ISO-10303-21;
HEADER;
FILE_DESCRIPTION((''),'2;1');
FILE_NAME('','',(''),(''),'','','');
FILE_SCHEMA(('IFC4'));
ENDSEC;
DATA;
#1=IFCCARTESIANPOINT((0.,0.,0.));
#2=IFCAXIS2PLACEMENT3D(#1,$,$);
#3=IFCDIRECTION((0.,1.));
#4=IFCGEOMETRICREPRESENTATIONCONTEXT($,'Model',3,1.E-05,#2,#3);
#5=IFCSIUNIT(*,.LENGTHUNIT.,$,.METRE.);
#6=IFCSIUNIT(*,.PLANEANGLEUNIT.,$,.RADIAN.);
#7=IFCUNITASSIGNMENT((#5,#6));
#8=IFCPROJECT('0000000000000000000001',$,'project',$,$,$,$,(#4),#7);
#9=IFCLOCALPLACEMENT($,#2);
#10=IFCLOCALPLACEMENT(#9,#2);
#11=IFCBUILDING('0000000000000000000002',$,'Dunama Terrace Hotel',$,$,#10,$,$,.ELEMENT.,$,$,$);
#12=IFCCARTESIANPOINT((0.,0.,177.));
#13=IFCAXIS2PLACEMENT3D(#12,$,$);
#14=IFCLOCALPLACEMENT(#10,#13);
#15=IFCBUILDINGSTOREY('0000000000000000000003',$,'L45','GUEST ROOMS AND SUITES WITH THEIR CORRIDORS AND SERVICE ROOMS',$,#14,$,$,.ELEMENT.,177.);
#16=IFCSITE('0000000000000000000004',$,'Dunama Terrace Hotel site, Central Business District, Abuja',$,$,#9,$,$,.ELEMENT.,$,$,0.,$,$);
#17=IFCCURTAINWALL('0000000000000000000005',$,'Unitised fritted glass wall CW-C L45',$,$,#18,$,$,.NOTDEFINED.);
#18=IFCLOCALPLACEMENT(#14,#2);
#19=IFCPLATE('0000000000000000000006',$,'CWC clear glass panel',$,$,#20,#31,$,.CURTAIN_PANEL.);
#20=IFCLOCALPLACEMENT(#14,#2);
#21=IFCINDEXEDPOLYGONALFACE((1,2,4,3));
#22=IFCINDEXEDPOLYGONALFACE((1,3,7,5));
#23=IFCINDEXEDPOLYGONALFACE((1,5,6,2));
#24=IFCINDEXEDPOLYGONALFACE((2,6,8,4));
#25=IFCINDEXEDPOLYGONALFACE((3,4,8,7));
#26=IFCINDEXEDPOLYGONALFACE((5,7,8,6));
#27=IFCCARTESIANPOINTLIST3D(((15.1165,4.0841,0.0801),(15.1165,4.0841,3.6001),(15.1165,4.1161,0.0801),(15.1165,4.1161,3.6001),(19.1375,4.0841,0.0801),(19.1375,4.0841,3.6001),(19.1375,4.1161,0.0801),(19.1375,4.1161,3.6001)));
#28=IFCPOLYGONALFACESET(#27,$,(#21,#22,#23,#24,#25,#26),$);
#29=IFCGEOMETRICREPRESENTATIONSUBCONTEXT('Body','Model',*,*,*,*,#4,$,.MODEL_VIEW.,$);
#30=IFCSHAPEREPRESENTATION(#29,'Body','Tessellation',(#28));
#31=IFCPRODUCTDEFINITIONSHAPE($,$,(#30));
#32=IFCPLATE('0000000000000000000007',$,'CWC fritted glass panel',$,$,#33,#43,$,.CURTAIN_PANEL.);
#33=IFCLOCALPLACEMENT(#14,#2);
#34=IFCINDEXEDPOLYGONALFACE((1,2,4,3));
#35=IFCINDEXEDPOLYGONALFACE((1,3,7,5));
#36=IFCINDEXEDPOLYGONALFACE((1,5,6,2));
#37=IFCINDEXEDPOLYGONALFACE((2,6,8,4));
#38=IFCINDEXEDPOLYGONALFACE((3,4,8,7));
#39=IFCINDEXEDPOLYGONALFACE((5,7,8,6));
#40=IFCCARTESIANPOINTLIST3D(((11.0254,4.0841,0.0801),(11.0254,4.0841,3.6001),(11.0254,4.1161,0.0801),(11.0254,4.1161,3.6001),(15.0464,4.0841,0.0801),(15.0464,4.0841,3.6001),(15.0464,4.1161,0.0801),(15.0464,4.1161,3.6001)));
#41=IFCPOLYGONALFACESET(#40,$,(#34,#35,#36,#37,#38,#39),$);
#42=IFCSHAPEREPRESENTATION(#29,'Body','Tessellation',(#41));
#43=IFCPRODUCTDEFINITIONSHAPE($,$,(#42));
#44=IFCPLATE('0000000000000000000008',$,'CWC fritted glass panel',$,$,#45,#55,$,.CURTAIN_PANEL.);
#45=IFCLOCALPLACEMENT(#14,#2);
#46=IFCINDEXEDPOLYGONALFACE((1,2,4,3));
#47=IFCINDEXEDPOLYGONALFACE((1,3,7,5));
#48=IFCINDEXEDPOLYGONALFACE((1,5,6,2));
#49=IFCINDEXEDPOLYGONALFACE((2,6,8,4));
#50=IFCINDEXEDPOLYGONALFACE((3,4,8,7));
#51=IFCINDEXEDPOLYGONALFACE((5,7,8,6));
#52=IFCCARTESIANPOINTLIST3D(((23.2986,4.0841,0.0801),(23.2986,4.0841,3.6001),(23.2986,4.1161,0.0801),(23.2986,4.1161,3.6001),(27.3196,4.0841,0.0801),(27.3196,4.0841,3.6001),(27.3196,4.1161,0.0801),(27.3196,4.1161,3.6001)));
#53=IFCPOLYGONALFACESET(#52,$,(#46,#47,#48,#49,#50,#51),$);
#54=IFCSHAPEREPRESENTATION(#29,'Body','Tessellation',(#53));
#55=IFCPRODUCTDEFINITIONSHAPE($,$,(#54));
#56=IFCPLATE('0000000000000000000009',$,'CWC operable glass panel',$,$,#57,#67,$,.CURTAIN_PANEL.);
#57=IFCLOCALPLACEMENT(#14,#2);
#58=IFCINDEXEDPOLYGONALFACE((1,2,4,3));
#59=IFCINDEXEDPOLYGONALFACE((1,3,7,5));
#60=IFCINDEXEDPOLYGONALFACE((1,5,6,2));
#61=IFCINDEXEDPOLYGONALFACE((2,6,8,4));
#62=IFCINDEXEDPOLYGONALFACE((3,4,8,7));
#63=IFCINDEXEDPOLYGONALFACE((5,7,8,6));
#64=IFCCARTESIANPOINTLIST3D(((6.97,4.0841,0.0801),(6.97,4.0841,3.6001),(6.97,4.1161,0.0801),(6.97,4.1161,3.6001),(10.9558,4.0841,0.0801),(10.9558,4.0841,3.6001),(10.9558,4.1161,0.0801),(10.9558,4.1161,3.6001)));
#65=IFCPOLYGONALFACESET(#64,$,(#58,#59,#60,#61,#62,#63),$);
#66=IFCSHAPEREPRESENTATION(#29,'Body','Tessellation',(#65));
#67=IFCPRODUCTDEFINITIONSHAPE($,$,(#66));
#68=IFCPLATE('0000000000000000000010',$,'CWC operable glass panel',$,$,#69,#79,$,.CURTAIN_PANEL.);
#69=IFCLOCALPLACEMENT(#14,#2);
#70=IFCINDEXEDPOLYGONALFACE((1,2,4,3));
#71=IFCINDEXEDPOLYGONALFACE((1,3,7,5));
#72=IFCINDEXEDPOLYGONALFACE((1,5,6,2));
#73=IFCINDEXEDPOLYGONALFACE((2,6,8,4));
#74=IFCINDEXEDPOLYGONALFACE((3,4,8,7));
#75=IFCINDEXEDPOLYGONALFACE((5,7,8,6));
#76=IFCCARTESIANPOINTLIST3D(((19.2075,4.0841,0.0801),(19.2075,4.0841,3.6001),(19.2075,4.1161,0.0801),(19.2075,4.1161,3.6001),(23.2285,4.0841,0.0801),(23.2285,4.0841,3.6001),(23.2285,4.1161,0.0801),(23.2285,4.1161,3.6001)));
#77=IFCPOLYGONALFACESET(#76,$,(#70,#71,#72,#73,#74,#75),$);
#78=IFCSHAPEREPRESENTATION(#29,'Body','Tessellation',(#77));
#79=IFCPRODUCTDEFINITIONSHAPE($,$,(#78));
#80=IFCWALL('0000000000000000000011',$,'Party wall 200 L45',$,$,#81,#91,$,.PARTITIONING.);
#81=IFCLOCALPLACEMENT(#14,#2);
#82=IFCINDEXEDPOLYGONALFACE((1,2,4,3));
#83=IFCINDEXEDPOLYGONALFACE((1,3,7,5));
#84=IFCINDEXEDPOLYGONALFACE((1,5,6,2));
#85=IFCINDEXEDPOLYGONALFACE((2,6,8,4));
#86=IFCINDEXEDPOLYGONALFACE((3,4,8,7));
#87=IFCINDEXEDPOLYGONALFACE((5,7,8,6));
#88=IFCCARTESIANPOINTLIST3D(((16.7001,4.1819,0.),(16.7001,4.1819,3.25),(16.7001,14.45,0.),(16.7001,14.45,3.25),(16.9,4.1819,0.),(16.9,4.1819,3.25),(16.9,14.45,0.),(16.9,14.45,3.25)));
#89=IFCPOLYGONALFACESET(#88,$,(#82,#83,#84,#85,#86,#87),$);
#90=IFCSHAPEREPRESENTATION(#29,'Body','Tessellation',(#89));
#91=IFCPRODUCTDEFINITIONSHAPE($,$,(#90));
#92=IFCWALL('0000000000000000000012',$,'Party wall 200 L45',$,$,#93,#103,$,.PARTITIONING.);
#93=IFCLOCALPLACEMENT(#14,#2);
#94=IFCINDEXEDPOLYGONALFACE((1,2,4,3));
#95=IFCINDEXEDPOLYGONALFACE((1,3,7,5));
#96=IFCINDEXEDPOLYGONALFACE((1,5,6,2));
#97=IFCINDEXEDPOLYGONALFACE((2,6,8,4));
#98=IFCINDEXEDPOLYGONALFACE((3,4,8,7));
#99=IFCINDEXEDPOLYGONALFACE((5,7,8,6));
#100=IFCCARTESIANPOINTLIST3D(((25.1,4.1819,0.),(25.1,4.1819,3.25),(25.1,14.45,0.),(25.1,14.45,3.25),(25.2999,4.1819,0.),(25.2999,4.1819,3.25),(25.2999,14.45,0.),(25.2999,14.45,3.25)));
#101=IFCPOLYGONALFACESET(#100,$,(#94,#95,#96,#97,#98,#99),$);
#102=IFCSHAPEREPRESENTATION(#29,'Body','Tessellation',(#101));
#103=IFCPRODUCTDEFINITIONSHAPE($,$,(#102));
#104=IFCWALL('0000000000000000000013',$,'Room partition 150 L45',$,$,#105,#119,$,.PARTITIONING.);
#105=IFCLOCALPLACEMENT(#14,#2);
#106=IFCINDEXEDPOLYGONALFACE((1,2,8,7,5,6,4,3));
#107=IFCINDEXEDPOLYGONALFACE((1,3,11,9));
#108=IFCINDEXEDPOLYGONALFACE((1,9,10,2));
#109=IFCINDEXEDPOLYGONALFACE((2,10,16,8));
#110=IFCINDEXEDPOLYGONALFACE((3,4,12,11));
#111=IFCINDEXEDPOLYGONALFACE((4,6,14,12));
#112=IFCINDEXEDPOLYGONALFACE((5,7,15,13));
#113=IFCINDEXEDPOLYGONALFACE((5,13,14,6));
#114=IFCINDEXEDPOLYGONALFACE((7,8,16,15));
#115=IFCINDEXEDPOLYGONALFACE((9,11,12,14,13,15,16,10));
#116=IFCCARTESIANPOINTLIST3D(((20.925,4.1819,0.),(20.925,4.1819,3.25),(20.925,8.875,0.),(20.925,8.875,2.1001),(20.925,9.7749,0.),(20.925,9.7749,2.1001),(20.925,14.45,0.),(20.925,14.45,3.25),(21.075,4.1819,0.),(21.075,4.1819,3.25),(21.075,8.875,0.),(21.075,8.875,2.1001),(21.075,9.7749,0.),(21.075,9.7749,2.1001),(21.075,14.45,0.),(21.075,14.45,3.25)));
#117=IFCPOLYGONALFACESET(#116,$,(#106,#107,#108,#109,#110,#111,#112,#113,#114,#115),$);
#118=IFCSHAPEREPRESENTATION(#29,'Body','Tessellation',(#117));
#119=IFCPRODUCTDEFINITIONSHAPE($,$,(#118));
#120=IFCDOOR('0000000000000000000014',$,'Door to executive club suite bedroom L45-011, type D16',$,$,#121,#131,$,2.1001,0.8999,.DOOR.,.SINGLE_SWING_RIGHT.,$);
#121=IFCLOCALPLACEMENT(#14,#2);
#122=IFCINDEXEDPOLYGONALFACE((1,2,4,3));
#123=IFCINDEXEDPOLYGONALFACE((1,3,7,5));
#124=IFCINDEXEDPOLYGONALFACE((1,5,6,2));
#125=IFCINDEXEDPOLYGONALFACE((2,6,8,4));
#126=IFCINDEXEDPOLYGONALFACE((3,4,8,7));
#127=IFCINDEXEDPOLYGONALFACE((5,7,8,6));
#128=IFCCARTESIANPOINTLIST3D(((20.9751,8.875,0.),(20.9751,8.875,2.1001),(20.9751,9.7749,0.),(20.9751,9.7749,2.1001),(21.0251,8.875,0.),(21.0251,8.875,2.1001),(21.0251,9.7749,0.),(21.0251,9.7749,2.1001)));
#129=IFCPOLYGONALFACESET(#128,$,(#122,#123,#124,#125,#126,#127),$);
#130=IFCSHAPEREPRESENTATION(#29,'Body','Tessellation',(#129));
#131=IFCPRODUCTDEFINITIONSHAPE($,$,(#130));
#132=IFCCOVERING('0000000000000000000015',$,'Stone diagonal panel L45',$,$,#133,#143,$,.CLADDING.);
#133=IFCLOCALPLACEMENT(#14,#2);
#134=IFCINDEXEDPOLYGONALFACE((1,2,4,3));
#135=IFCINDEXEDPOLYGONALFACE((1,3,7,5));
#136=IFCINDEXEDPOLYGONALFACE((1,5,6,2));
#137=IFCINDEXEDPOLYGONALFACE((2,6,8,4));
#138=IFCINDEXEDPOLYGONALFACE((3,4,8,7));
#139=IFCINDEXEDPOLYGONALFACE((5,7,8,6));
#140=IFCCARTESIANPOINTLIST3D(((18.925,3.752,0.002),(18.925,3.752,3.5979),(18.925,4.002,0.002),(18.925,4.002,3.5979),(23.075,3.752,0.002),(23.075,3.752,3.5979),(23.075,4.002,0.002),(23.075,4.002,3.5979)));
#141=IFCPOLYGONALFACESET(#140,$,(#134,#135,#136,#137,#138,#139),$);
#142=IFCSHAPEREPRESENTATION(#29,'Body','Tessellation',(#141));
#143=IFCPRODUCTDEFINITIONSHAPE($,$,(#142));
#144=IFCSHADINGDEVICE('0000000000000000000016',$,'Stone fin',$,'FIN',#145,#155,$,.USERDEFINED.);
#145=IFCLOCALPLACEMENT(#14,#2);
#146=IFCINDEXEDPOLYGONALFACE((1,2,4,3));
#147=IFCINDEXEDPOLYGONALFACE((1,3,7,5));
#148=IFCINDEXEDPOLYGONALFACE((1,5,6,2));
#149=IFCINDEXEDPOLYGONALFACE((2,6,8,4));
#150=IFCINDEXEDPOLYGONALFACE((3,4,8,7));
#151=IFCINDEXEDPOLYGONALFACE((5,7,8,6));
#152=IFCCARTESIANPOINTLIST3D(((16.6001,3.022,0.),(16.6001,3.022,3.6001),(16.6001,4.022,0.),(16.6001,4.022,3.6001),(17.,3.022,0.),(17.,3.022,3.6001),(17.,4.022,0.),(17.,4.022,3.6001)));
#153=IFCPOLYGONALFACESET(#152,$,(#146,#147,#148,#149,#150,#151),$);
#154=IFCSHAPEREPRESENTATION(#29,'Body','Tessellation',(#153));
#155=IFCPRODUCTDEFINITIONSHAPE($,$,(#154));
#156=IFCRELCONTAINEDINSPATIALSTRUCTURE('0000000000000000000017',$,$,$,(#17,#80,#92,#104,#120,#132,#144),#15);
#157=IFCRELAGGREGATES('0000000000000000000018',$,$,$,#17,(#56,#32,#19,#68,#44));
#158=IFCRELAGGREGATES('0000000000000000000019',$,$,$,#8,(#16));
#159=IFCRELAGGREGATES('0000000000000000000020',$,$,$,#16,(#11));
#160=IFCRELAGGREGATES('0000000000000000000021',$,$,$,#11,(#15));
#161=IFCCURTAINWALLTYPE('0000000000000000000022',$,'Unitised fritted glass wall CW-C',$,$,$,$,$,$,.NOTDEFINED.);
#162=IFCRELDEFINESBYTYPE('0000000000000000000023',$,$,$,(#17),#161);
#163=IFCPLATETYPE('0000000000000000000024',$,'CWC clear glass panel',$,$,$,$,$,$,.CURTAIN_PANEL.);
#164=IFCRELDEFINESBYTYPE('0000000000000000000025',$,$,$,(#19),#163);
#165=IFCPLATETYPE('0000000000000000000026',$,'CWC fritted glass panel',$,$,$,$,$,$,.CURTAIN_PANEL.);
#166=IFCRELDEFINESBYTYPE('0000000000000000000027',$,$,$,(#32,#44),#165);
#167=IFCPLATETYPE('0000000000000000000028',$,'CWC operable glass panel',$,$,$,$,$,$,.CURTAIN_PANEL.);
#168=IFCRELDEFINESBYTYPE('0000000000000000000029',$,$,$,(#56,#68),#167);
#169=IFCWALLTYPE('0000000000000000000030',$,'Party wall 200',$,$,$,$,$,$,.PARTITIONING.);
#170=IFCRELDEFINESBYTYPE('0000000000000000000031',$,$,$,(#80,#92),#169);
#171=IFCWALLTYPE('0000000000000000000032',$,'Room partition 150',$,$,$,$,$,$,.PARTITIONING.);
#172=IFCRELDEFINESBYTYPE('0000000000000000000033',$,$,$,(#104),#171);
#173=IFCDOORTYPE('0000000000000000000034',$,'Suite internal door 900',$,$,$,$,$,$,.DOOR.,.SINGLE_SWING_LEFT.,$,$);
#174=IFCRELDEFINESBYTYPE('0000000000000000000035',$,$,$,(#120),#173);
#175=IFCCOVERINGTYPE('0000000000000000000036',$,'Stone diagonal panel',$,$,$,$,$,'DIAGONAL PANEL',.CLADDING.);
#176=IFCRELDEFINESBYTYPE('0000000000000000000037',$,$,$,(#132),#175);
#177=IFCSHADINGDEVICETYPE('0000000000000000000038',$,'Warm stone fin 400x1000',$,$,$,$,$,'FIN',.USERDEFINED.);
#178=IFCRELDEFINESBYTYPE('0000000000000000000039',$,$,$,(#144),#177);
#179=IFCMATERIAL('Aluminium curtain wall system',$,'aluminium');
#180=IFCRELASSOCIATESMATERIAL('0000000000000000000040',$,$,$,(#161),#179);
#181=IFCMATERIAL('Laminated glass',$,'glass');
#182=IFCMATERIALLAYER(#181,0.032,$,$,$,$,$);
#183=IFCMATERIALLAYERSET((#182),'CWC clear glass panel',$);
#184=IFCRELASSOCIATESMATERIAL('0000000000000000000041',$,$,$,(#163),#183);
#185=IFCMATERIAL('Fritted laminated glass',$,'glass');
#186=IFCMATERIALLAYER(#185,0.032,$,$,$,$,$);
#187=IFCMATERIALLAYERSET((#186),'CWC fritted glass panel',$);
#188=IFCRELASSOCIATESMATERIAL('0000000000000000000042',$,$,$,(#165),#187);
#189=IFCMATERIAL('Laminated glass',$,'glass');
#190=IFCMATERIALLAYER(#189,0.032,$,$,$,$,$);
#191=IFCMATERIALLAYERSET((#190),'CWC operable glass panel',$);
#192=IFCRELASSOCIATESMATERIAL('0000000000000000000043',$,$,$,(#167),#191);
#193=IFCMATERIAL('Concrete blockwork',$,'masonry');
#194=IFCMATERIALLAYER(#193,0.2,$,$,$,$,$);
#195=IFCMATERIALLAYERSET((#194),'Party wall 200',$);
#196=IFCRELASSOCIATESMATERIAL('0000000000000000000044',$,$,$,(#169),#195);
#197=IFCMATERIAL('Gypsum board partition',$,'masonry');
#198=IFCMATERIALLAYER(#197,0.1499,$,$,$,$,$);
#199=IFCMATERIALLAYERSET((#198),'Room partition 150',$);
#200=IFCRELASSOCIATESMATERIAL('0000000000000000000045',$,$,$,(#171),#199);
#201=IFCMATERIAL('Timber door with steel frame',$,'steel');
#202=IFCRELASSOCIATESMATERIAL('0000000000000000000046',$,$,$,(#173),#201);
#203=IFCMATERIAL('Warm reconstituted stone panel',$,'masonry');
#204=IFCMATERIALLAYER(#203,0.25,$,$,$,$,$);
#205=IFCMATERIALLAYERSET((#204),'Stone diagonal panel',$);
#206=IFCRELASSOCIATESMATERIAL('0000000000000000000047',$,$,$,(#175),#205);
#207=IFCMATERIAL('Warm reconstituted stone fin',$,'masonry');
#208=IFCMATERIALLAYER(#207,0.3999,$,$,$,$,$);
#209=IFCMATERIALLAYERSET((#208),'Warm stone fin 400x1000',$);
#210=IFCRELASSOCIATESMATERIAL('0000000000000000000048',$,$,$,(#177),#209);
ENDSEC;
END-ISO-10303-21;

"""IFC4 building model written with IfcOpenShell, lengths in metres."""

from ifc_helpers import new_model, si_unit, direction, frame, frame_2d, origin, origin_2d, place, context, subcontext, project, spatial, rectangle, extrude, material, layer, layer_set, type_object, element, fill, aggregate, save


model = new_model("IFC4")

# Units and contexts
model_context = context("Model", 3, precision=1e-05, world=origin(), true_north=direction((0.0, 1.0)))
body_context = subcontext(model_context, "Body", "Model", "MODEL_VIEW")
ifc_project = project(units=[si_unit("LENGTHUNIT", "METRE"), si_unit("PLANEANGLEUNIT", "RADIAN")], contexts=[model_context])

# Site, building, storey
site_placement = place(None, origin())
site = spatial("IfcSite", under=ifc_project, at=site_placement, Name="Dunama Terrace Hotel site, Central Business District, Abuja", CompositionType="ELEMENT", RefElevation=0.0)
building_placement = place(site_placement, origin())
building = spatial("IfcBuilding", under=site, at=building_placement, Name="Dunama Terrace Hotel", CompositionType="ELEMENT")
storey_placement = place(building_placement, frame((0.0, 0.0, 177.0)))
storey = spatial("IfcBuildingStorey", under=building, at=storey_placement, Name="L45", Description="GUEST ROOMS AND SUITES WITH THEIR CORRIDORS AND SERVICE ROOMS", CompositionType="ELEMENT", Elevation=177.0)

# Curtain wall
ifc_material_1 = material(Name="Aluminium curtain wall system", Category="aluminium")
curtain_wall_type = type_object("IfcCurtainWallType", Name="Unitised fritted glass wall CW-C", PredefinedType="NOTDEFINED", material=ifc_material_1)
curtain_wall_placement = place(storey_placement, origin())
curtain_wall = element("IfcCurtainWall", 1, at=curtain_wall_placement, inside=storey, type_object=curtain_wall_type, Name="Unitised fritted glass wall CW-C L45", PredefinedType="NOTDEFINED")

# Plates
ifc_material_2 = material(Name="Laminated glass", Category="glass")
ifc_layer_1 = layer(ifc_material_2, 0.032)
ifc_layer_set_1 = layer_set([ifc_layer_1], Name="CWC clear glass panel")
plate_type_1 = type_object("IfcPlateType", Name="CWC clear glass panel", PredefinedType="CURTAIN_PANEL", material=ifc_layer_set_1)
plate_1_placement = place(storey_placement, frame((17.127, 4.1001, 0.0801), z_axis=(0.0, 0.0, 1.0), x_axis=(1.0, 0.0, 0.0)))
plate_1 = element("IfcPlate", 2, at=plate_1_placement, type_object=plate_type_1, Name="CWC clear glass panel", PredefinedType="CURTAIN_PANEL", context=body_context, shape_type="SweptSolid", body=[
    extrude(rectangle(XDim=4.021, YDim=0.032, at=origin_2d()), origin(), (0.0, 0.0, 1.0), 3.52),
])
ifc_material_3 = material(Name="Fritted laminated glass", Category="glass")
ifc_layer_2 = layer(ifc_material_3, 0.032)
ifc_layer_set_2 = layer_set([ifc_layer_2], Name="CWC fritted glass panel")
plate_type_2 = type_object("IfcPlateType", Name="CWC fritted glass panel", PredefinedType="CURTAIN_PANEL", material=ifc_layer_set_2)
plate_2_placement = place(storey_placement, frame((13.0359, 4.1001, 0.0801), z_axis=(0.0, 0.0, 1.0), x_axis=(1.0, 0.0, 0.0)))
plate_2 = element("IfcPlate", 3, at=plate_2_placement, type_object=plate_type_2, Name="CWC fritted glass panel", PredefinedType="CURTAIN_PANEL", context=body_context, shape_type="SweptSolid", body=[
    extrude(rectangle(XDim=4.021, YDim=0.032, at=origin_2d()), origin(), (0.0, 0.0, 1.0), 3.52),
])
plate_3_placement = place(storey_placement, frame((25.3091, 4.1001, 0.0801), z_axis=(0.0, 0.0, 1.0), x_axis=(1.0, 0.0, 0.0)))
plate_3 = element("IfcPlate", 4, at=plate_3_placement, type_object=plate_type_2, Name="CWC fritted glass panel", PredefinedType="CURTAIN_PANEL", context=body_context, shape_type="SweptSolid", body=[
    extrude(rectangle(XDim=4.021, YDim=0.032, at=origin_2d()), origin(), (0.0, 0.0, 1.0), 3.52),
])
ifc_material_4 = material(Name="Laminated glass", Category="glass")
ifc_layer_3 = layer(ifc_material_4, 0.032)
ifc_layer_set_3 = layer_set([ifc_layer_3], Name="CWC operable glass panel")
plate_type_3 = type_object("IfcPlateType", Name="CWC operable glass panel", PredefinedType="CURTAIN_PANEL", material=ifc_layer_set_3)
plate_4_placement = place(storey_placement, frame((8.9629, 4.1001, 0.0801), z_axis=(0.0, 0.0, 1.0), x_axis=(1.0, 0.0, 0.0)))
plate_4 = element("IfcPlate", 5, at=plate_4_placement, type_object=plate_type_3, Name="CWC operable glass panel", PredefinedType="CURTAIN_PANEL", context=body_context, shape_type="SweptSolid", body=[
    extrude(rectangle(XDim=3.9858, YDim=0.032, at=origin_2d()), origin(), (0.0, 0.0, 1.0), 3.52),
])
plate_5_placement = place(storey_placement, frame((21.218, 4.1001, 0.0801), z_axis=(0.0, 0.0, 1.0), x_axis=(1.0, 0.0, 0.0)))
plate_5 = element("IfcPlate", 6, at=plate_5_placement, type_object=plate_type_3, Name="CWC operable glass panel", PredefinedType="CURTAIN_PANEL", context=body_context, shape_type="SweptSolid", body=[
    extrude(rectangle(XDim=4.021, YDim=0.032, at=origin_2d()), origin(), (0.0, 0.0, 1.0), 3.52),
])
aggregate(curtain_wall, [plate_4, plate_2, plate_1, plate_5, plate_3])

# Walls
ifc_material_5 = material(Name="Concrete blockwork", Category="masonry")
ifc_layer_4 = layer(ifc_material_5, 0.2)
ifc_layer_set_4 = layer_set([ifc_layer_4], Name="Party wall 200")
wall_type_1 = type_object("IfcWallType", Name="Party wall 200", PredefinedType="PARTITIONING", material=ifc_layer_set_4)
for number, where, z_axis, x_axis, name in (
    (7, (16.8, 4.1819, 0.0), (0.0, 0.0, 1.0), (0.0, 1.0, 0.0), "Party wall 200 L45"),
    (8, (25.2, 4.1819, 0.0), (0.0, 0.0, 1.0), (0.0, 1.0, 0.0), "Party wall 200 L45"),
):
    element("IfcWall", number, at=place(storey_placement, frame(where, z_axis=z_axis, x_axis=x_axis)), inside=storey, type_object=wall_type_1, Name=name, PredefinedType="PARTITIONING", context=body_context, shape_type="SweptSolid", body=[
        extrude(rectangle(XDim=10.2681, YDim=0.2, at=frame_2d((5.134, 0.0))), origin(), (0.0, 0.0, 1.0), 3.25),
    ])

# Wall, opening, door
ifc_material_6 = material(Name="Gypsum board partition", Category="masonry")
ifc_layer_5 = layer(ifc_material_6, 0.1499)
ifc_layer_set_5 = layer_set([ifc_layer_5], Name="Room partition 150")
wall_type_2 = type_object("IfcWallType", Name="Room partition 150", PredefinedType="PARTITIONING", material=ifc_layer_set_5)
wall_placement = place(storey_placement, frame((21.0, 4.1819, 0.0), z_axis=(0.0, 0.0, 1.0), x_axis=(0.0, 1.0, 0.0)))
wall = element("IfcWall", 9, at=wall_placement, inside=storey, type_object=wall_type_2, Name="Room partition 150 L45", PredefinedType="PARTITIONING", context=body_context, shape_type="SweptSolid", body=[
    extrude(rectangle(XDim=10.2681, YDim=0.1499, at=frame_2d((5.134, 0.0))), origin(), (0.0, 0.0, 1.0), 3.25),
])
opening_placement = place(wall_placement, frame((4.6931, 0.0, 0.0)))
opening = element("IfcOpeningElement", 10, at=opening_placement, cuts=wall, PredefinedType="OPENING", context=body_context, shape_type="SweptSolid", body=[
    extrude(rectangle(XDim=0.8999, YDim=2.1001, at=frame_2d((0.45, 1.05))), frame((0.0, 0.085, 0.0), z_axis=(0.0, -1.0, 0.0), x_axis=(1.0, 0.0, 0.0)), (0.0, 0.0, 1.0), 0.1699),
])
ifc_material_7 = material(Name="Timber door with steel frame", Category="steel")
door_type = type_object("IfcDoorType", Name="Suite internal door 900", OperationType="SINGLE_SWING_LEFT", PredefinedType="DOOR", material=ifc_material_7)
door_placement = place(opening_placement, frame((0.8999, 0.0, 0.0), z_axis=(0.0, 0.0, 1.0), x_axis=(-1.0, 0.0, 0.0)))
door = element("IfcDoor", 11, at=door_placement, inside=storey, type_object=door_type, Name="Door to executive club suite bedroom L45-011, type D16", OperationType="SINGLE_SWING_RIGHT", OverallHeight=2.1001, OverallWidth=0.8999, PredefinedType="DOOR", context=body_context, shape_type="SweptSolid", body=[
    extrude(rectangle(XDim=0.8999, YDim=2.1001, at=frame_2d((0.45, 1.05))), frame((0.0, 0.0251, 0.0), z_axis=(0.0, -1.0, 0.0), x_axis=(1.0, 0.0, 0.0)), (0.0, 0.0, 1.0), 0.05),
])
fill(opening, door)

# Covering
ifc_material_8 = material(Name="Warm reconstituted stone panel", Category="masonry")
ifc_layer_6 = layer(ifc_material_8, 0.25)
ifc_layer_set_6 = layer_set([ifc_layer_6], Name="Stone diagonal panel")
covering_type = type_object("IfcCoveringType", Name="Stone diagonal panel", ElementType="DIAGONAL PANEL", PredefinedType="CLADDING", material=ifc_layer_set_6)
covering_placement = place(storey_placement, frame((21.0, 3.877, 0.002), z_axis=(0.0, 0.0, 1.0), x_axis=(1.0, 0.0, 0.0)))
element("IfcCovering", 12, at=covering_placement, inside=storey, type_object=covering_type, Name="Stone diagonal panel L45", PredefinedType="CLADDING", context=body_context, shape_type="SweptSolid", body=[
    extrude(rectangle(XDim=4.1499, YDim=0.25, at=origin_2d()), origin(), (0.0, 0.0, 1.0), 3.5959),
])

# Shading device
ifc_material_9 = material(Name="Warm reconstituted stone fin", Category="masonry")
ifc_layer_7 = layer(ifc_material_9, 0.3999)
ifc_layer_set_7 = layer_set([ifc_layer_7], Name="Warm stone fin 400x1000")
shading_device_type = type_object("IfcShadingDeviceType", Name="Warm stone fin 400x1000", ElementType="FIN", PredefinedType="USERDEFINED", material=ifc_layer_set_7)
shading_device_placement = place(storey_placement, frame((16.8, 3.522, 0.0), z_axis=(0.0, 0.0, 1.0), x_axis=(1.0, 0.0, 0.0)))
element("IfcShadingDevice", 13, at=shading_device_placement, inside=storey, type_object=shading_device_type, Name="Stone fin", ObjectType="FIN", PredefinedType="USERDEFINED", context=body_context, shape_type="SweptSolid", body=[
    extrude(rectangle(XDim=0.3999, YDim=1.0, at=origin_2d()), origin(), (0.0, 0.0, 1.0), 3.6001),
])

save(model, "model.ifc")
